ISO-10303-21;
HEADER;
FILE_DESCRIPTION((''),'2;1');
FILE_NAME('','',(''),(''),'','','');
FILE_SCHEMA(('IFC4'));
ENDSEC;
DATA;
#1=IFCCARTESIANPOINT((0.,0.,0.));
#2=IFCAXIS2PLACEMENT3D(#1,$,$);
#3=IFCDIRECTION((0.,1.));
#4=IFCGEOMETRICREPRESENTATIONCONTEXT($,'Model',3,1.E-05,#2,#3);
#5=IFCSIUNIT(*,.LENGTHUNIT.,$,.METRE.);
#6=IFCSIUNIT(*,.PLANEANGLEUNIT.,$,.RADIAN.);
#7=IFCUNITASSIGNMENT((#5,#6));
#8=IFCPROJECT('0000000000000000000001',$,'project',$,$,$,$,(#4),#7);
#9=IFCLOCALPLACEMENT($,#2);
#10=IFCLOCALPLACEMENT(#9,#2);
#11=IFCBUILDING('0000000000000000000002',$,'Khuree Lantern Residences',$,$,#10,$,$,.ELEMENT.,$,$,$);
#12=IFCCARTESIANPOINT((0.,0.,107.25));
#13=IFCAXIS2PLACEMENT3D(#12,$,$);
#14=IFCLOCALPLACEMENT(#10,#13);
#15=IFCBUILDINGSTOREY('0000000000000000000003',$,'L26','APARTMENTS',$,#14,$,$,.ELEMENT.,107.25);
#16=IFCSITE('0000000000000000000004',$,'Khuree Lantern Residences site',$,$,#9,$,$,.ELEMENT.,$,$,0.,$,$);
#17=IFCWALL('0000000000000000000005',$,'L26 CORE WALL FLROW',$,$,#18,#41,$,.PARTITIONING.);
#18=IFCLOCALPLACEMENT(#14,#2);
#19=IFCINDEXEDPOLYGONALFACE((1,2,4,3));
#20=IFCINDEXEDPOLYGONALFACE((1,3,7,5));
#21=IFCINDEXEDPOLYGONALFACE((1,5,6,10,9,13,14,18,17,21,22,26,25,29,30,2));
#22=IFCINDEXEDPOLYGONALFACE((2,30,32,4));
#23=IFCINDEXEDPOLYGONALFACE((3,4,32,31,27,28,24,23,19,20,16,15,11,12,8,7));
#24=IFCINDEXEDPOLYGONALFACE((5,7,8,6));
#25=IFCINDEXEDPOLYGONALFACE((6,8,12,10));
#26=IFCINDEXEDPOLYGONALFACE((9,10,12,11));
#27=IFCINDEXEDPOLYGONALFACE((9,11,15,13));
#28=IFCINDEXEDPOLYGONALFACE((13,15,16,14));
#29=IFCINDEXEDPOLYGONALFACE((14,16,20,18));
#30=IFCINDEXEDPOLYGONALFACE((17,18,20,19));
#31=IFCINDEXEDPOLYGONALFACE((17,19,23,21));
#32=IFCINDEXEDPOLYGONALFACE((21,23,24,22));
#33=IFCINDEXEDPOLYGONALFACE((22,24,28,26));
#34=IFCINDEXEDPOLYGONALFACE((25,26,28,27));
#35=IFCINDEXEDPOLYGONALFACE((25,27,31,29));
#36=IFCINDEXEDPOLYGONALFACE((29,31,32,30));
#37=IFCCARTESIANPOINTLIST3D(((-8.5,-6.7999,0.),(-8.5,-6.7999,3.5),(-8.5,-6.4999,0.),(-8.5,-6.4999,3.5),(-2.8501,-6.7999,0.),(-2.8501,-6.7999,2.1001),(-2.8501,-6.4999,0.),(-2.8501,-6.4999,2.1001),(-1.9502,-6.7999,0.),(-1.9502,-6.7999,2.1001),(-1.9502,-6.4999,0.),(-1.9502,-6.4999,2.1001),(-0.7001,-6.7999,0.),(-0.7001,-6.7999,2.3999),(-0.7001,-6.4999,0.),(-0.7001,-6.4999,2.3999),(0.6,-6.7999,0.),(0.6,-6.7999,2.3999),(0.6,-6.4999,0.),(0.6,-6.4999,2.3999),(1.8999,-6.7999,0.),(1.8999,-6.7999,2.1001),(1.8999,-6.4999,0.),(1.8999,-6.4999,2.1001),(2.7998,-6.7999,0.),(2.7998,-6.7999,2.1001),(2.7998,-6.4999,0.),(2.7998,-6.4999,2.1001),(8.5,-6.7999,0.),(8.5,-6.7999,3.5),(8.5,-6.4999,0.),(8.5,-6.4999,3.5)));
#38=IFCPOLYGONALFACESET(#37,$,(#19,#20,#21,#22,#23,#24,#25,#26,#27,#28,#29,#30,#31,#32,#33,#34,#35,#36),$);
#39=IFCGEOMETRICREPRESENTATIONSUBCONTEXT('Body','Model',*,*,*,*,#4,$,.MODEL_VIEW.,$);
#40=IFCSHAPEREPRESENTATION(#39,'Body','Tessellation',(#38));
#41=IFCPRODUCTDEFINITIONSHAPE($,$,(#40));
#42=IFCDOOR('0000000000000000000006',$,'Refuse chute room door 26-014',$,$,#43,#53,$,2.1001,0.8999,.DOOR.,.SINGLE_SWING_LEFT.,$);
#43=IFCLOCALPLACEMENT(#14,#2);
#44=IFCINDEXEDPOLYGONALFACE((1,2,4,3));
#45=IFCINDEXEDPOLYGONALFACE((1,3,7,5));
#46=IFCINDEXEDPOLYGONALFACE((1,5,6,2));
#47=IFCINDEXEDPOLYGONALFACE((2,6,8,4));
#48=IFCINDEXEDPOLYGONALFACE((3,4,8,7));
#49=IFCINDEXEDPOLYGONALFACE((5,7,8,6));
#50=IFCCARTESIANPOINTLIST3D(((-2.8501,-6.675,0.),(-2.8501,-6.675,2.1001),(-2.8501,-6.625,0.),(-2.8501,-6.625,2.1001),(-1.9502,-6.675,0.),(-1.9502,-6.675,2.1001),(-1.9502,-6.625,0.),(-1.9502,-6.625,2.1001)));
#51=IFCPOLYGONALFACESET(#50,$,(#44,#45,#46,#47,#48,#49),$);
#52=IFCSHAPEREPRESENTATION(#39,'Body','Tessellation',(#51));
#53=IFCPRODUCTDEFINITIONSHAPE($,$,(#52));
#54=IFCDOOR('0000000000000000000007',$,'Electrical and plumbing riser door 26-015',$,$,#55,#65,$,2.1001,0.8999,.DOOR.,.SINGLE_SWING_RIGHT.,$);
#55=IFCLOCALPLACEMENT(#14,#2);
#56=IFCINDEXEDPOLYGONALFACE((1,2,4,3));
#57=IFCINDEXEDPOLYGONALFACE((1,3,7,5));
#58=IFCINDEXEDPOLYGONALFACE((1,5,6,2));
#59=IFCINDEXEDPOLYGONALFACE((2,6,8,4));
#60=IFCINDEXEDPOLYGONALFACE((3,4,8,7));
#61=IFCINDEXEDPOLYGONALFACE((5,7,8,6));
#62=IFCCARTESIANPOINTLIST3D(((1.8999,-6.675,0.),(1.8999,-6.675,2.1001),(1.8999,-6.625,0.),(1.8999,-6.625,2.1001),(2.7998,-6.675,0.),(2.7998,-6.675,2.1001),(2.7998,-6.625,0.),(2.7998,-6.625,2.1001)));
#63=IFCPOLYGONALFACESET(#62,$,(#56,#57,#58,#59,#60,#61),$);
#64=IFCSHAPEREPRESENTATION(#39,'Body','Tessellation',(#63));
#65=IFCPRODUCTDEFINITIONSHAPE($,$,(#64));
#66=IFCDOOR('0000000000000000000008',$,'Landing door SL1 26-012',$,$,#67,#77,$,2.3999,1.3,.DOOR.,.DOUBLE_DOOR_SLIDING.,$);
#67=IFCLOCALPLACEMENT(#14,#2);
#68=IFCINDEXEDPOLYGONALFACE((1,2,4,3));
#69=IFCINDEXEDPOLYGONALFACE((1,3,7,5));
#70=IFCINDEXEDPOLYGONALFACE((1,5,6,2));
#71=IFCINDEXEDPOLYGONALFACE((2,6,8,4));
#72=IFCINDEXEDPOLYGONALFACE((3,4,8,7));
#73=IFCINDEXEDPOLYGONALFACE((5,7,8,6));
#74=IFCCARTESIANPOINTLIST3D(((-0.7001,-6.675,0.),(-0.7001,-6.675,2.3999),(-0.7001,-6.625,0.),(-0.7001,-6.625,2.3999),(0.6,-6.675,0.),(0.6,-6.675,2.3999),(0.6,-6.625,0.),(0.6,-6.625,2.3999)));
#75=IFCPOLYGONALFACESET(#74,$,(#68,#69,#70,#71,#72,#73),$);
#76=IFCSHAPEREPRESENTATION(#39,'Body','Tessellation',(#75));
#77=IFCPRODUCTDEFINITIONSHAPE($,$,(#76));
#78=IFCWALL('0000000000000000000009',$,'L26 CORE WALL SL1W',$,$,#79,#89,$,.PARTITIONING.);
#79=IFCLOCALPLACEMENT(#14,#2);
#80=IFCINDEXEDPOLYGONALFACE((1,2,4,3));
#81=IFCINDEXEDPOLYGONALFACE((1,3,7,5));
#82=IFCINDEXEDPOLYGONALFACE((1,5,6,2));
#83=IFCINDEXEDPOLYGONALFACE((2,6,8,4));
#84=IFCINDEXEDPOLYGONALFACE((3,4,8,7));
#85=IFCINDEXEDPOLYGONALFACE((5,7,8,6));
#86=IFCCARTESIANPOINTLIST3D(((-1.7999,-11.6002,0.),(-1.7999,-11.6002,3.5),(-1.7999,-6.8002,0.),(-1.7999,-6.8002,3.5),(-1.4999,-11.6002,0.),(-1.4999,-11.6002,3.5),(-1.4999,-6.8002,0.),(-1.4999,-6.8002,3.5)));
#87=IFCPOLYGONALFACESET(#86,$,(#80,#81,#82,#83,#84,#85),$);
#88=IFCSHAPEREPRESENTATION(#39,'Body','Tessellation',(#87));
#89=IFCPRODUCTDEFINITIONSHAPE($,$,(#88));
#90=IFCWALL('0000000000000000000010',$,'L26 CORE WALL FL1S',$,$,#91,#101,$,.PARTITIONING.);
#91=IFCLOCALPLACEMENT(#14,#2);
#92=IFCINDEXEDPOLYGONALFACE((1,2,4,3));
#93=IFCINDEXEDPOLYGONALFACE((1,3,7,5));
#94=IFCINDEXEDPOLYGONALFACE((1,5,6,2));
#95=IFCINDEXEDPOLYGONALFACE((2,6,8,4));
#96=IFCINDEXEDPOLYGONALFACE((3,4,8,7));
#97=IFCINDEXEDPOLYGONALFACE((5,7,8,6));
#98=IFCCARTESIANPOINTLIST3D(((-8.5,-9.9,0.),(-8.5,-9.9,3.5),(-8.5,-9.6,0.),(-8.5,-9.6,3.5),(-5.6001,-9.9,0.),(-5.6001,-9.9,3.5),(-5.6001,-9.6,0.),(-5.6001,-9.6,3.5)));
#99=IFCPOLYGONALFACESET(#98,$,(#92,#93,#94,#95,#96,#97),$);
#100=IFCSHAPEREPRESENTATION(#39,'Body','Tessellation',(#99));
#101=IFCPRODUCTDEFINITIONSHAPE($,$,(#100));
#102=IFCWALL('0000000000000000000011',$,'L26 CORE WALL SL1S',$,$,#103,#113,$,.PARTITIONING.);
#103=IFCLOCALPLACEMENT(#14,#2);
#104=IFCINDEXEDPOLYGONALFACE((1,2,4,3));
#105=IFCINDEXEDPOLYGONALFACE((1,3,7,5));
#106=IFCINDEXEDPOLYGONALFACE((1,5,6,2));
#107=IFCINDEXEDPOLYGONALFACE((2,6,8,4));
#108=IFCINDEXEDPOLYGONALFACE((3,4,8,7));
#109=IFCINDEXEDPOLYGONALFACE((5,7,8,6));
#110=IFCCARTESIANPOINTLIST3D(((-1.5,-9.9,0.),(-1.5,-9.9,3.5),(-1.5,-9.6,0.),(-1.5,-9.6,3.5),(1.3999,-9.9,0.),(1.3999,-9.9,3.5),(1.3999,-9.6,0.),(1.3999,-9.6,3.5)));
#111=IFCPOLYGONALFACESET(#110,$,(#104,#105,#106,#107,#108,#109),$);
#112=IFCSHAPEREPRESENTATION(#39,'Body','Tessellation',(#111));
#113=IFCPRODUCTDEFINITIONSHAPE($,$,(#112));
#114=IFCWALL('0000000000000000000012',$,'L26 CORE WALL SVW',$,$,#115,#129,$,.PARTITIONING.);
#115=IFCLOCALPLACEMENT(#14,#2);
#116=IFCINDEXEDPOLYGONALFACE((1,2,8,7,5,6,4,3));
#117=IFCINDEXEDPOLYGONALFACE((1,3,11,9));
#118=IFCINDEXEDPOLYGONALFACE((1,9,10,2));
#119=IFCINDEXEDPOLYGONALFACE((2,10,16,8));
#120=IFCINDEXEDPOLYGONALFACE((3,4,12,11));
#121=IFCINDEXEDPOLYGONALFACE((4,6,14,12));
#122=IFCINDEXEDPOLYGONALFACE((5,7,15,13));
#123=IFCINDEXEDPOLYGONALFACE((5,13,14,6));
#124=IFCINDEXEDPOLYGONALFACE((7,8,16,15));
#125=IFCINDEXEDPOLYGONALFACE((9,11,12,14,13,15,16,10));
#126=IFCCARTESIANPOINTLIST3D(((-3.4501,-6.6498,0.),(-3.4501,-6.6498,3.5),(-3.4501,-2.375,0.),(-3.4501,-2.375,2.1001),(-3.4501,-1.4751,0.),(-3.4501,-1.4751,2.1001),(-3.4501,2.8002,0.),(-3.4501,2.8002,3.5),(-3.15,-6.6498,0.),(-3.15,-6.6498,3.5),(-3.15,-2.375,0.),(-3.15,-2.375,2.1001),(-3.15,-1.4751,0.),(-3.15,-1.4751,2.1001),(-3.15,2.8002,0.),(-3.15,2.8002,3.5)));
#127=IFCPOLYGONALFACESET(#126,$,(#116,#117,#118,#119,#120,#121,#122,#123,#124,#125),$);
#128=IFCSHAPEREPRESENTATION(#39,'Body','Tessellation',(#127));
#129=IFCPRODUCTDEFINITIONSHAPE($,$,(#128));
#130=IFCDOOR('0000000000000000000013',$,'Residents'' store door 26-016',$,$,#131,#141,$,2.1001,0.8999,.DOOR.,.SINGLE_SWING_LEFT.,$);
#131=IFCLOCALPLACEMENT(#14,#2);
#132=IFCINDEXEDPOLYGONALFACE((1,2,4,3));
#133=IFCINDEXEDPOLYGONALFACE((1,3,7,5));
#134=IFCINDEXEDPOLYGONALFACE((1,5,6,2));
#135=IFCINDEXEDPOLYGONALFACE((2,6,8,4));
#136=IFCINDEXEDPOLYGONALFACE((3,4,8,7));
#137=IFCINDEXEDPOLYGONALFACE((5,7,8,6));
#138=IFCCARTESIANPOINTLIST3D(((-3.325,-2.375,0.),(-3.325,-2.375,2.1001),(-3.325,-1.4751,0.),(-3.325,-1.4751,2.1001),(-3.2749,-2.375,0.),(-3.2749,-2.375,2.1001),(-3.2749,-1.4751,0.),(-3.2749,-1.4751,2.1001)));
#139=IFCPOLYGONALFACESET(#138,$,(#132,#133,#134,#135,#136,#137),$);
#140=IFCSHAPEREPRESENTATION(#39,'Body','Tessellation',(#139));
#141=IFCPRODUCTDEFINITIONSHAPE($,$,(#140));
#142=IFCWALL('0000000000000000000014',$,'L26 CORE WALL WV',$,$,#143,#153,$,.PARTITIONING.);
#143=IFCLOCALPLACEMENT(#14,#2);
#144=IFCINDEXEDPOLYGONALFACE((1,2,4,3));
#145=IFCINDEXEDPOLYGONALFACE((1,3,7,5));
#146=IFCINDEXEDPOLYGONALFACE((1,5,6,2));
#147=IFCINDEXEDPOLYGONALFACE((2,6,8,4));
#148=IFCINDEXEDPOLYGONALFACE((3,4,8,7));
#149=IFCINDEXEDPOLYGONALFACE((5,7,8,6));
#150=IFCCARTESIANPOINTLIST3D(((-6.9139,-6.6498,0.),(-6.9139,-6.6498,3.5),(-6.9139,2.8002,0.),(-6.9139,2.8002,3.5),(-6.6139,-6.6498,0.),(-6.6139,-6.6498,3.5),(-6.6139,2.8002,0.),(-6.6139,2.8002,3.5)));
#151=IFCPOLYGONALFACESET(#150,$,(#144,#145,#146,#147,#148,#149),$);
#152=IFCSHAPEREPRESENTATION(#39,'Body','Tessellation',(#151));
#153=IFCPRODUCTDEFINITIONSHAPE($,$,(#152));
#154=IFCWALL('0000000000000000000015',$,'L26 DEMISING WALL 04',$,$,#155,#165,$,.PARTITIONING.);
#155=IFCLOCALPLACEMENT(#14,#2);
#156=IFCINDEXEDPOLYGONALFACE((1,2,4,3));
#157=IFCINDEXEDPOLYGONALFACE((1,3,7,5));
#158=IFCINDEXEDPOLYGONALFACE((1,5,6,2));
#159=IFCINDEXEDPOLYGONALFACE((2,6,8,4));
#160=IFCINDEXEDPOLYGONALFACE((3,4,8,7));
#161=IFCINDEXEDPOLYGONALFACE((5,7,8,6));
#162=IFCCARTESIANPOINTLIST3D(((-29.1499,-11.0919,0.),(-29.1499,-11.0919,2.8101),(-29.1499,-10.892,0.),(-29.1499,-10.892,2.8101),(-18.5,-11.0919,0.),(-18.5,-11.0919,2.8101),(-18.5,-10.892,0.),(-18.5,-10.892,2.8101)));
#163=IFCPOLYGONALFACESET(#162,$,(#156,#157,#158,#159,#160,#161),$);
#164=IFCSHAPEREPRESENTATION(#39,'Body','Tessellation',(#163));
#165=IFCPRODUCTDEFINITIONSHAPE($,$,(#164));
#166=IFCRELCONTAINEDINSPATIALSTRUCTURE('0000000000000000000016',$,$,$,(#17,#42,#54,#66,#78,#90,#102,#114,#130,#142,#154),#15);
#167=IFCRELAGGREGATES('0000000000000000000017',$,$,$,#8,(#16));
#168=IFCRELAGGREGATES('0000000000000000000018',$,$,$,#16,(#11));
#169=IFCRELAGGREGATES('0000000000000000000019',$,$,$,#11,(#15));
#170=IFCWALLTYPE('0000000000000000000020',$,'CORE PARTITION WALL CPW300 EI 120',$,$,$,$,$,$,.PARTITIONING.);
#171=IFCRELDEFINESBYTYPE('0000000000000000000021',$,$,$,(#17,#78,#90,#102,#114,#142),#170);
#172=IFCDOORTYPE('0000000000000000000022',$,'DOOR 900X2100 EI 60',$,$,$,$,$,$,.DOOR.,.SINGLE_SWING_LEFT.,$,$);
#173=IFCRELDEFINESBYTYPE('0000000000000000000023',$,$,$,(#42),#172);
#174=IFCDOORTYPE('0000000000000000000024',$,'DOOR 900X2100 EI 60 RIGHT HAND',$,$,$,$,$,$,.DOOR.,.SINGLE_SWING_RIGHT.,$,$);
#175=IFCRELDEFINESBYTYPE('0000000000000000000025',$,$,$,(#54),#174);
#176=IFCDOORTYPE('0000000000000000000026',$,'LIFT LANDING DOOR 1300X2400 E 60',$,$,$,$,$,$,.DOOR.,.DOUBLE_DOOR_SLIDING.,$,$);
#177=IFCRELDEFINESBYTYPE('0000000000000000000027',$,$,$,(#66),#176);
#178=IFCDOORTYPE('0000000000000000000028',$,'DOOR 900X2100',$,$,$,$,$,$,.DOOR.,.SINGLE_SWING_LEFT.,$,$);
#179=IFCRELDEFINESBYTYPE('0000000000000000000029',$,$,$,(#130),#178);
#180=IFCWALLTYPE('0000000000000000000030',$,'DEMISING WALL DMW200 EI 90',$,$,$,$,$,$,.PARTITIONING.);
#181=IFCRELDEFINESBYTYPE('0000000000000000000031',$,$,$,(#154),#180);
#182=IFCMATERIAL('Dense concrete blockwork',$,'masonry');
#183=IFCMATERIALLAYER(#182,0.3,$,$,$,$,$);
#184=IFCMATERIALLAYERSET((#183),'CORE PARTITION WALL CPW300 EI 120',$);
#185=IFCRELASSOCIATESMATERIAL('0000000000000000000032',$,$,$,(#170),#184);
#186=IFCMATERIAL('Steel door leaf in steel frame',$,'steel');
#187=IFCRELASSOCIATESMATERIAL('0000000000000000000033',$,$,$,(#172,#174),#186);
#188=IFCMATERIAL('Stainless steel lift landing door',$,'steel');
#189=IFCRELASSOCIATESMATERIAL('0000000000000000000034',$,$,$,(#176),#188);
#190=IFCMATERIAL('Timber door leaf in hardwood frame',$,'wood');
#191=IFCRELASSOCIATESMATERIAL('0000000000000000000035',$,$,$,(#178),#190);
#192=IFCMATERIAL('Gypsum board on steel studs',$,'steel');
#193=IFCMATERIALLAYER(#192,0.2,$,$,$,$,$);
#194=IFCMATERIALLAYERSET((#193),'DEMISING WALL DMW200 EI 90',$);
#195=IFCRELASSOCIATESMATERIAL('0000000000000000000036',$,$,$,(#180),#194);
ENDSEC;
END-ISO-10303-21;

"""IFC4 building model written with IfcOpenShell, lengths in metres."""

from ifc_helpers import new_model, si_unit, direction, frame, frame_2d, origin, place, context, subcontext, project, spatial, rectangle, extrude, material, layer, layer_set, type_object, element, fill, save


model = new_model("IFC4")

# Units and contexts
model_context = context("Model", 3, precision=1e-05, world=origin(), true_north=direction((0.0, 1.0)))
body_context = subcontext(model_context, "Body", "Model", "MODEL_VIEW")
ifc_project = project(units=[si_unit("LENGTHUNIT", "METRE"), si_unit("PLANEANGLEUNIT", "RADIAN")], contexts=[model_context])

# Site, building, storey
site_placement = place(None, origin())
site = spatial("IfcSite", under=ifc_project, at=site_placement, Name="Khuree Lantern Residences site", CompositionType="ELEMENT", RefElevation=0.0)
building_placement = place(site_placement, origin())
building = spatial("IfcBuilding", under=site, at=building_placement, Name="Khuree Lantern Residences", CompositionType="ELEMENT")
storey_placement = place(building_placement, frame((0.0, 0.0, 107.25)))
storey = spatial("IfcBuildingStorey", under=building, at=storey_placement, Name="L26", Description="APARTMENTS", CompositionType="ELEMENT", Elevation=107.25)

# Wall, openings, doors
ifc_material_1 = material(Name="Dense concrete blockwork", Category="masonry")
ifc_layer_1 = layer(ifc_material_1, 0.3)
ifc_layer_set_1 = layer_set([ifc_layer_1], Name="CORE PARTITION WALL CPW300 EI 120")
wall_type_1 = type_object("IfcWallType", Name="CORE PARTITION WALL CPW300 EI 120", PredefinedType="PARTITIONING", material=ifc_layer_set_1)
wall_1_placement = place(storey_placement, frame((-8.5, -6.6499, 0.0), z_axis=(0.0, 0.0, 1.0), x_axis=(1.0, 0.0, 0.0)))
wall_1 = element("IfcWall", 1, at=wall_1_placement, inside=storey, type_object=wall_type_1, Name="L26 CORE WALL FLROW", PredefinedType="PARTITIONING", context=body_context, shape_type="SweptSolid", body=[
    extrude(rectangle(XDim=17.0, YDim=0.3, at=frame_2d((8.5, 0.0))), origin(), (0.0, 0.0, 1.0), 3.5),
])
opening_1_placement = place(wall_1_placement, frame((7.8, 0.0, 0.0)))
opening_1 = element("IfcOpeningElement", 2, at=opening_1_placement, cuts=wall_1, PredefinedType="OPENING", context=body_context, shape_type="SweptSolid", body=[
    extrude(rectangle(XDim=1.3, YDim=2.3999, at=frame_2d((0.6499, 1.2))), frame((0.0, 0.1602, 0.0), z_axis=(0.0, -1.0, 0.0), x_axis=(1.0, 0.0, 0.0)), (0.0, 0.0, 1.0), 0.3201),
])
opening_2_placement = place(wall_1_placement, frame((5.6499, 0.0, 0.0)))
opening_2 = element("IfcOpeningElement", 3, at=opening_2_placement, cuts=wall_1, PredefinedType="OPENING", context=body_context, shape_type="SweptSolid", body=[
    extrude(rectangle(XDim=0.8999, YDim=2.1001, at=frame_2d((0.45, 1.05))), frame((0.0, 0.1602, 0.0), z_axis=(0.0, -1.0, 0.0), x_axis=(1.0, 0.0, 0.0)), (0.0, 0.0, 1.0), 0.3201),
])
opening_3_placement = place(wall_1_placement, frame((10.3999, 0.0, 0.0)))
opening_3 = element("IfcOpeningElement", 4, at=opening_3_placement, cuts=wall_1, PredefinedType="OPENING", context=body_context, shape_type="SweptSolid", body=[
    extrude(rectangle(XDim=0.8999, YDim=2.1001, at=frame_2d((0.45, 1.05))), frame((0.0, 0.1602, 0.0), z_axis=(0.0, -1.0, 0.0), x_axis=(1.0, 0.0, 0.0)), (0.0, 0.0, 1.0), 0.3201),
])
ifc_material_2 = material(Name="Steel door leaf in steel frame", Category="steel")
door_type_1 = type_object("IfcDoorType", Name="DOOR 900X2100 EI 60", OperationType="SINGLE_SWING_LEFT", PredefinedType="DOOR", material=ifc_material_2)
door_1_placement = place(opening_2_placement, origin())
door_1 = element("IfcDoor", 5, at=door_1_placement, inside=storey, type_object=door_type_1, Name="Refuse chute room door 26-014", OperationType="SINGLE_SWING_LEFT", OverallHeight=2.1001, OverallWidth=0.8999, PredefinedType="DOOR", context=body_context, shape_type="SweptSolid", body=[
    extrude(rectangle(XDim=0.8999, YDim=2.1001, at=frame_2d((0.45, 1.05))), frame((0.0, 0.0249, 0.0), z_axis=(0.0, -1.0, 0.0), x_axis=(1.0, 0.0, 0.0)), (0.0, 0.0, 1.0), 0.05),
])
fill(opening_2, door_1)
door_type_2 = type_object("IfcDoorType", Name="DOOR 900X2100 EI 60 RIGHT HAND", OperationType="SINGLE_SWING_RIGHT", PredefinedType="DOOR", material=ifc_material_2)
door_2_placement = place(opening_3_placement, origin())
door_2 = element("IfcDoor", 6, at=door_2_placement, inside=storey, type_object=door_type_2, Name="Electrical and plumbing riser door 26-015", OperationType="SINGLE_SWING_RIGHT", OverallHeight=2.1001, OverallWidth=0.8999, PredefinedType="DOOR", context=body_context, shape_type="SweptSolid", body=[
    extrude(rectangle(XDim=0.8999, YDim=2.1001, at=frame_2d((0.45, 1.05))), frame((0.0, 0.0249, 0.0), z_axis=(0.0, -1.0, 0.0), x_axis=(1.0, 0.0, 0.0)), (0.0, 0.0, 1.0), 0.05),
])
fill(opening_3, door_2)
ifc_material_3 = material(Name="Stainless steel lift landing door", Category="steel")
door_type_3 = type_object("IfcDoorType", Name="LIFT LANDING DOOR 1300X2400 E 60", OperationType="DOUBLE_DOOR_SLIDING", PredefinedType="DOOR", material=ifc_material_3)
door_3_placement = place(opening_1_placement, origin())
door_3 = element("IfcDoor", 7, at=door_3_placement, inside=storey, type_object=door_type_3, Name="Landing door SL1 26-012", OperationType="DOUBLE_DOOR_SLIDING", OverallHeight=2.3999, OverallWidth=1.3, PredefinedType="DOOR", context=body_context, shape_type="SweptSolid", body=[
    extrude(rectangle(XDim=1.3, YDim=2.3999, at=frame_2d((0.6499, 1.2))), frame((0.0, 0.0249, 0.0), z_axis=(0.0, -1.0, 0.0), x_axis=(1.0, 0.0, 0.0)), (0.0, 0.0, 1.0), 0.05),
])
fill(opening_1, door_3)

# Walls
wall_2_placement = place(storey_placement, frame((-1.6499, -11.6001, 0.0), z_axis=(0.0, 0.0, 1.0), x_axis=(0.0, 1.0, 0.0)))
element("IfcWall", 8, at=wall_2_placement, inside=storey, type_object=wall_type_1, Name="L26 CORE WALL SL1W", PredefinedType="PARTITIONING", context=body_context, shape_type="SweptSolid", body=[
    extrude(rectangle(XDim=4.8, YDim=0.3, at=frame_2d((2.3999, 0.0))), origin(), (0.0, 0.0, 1.0), 3.5),
])
for number, where, z_axis, x_axis, name in (
    (9, (-8.5, -9.75, 0.0), (0.0, 0.0, 1.0), (1.0, 0.0, 0.0), "L26 CORE WALL FL1S"),
    (10, (-1.5, -9.75, 0.0), (0.0, 0.0, 1.0), (1.0, 0.0, 0.0), "L26 CORE WALL SL1S"),
):
    element("IfcWall", number, at=place(storey_placement, frame(where, z_axis=z_axis, x_axis=x_axis)), inside=storey, type_object=wall_type_1, Name=name, PredefinedType="PARTITIONING", context=body_context, shape_type="SweptSolid", body=[
        extrude(rectangle(XDim=2.8999, YDim=0.3, at=frame_2d((1.45, 0.0))), origin(), (0.0, 0.0, 1.0), 3.5),
    ])

# Wall, opening, door
wall_3_placement = place(storey_placement, frame((-3.3, -6.6499, 0.0), z_axis=(0.0, 0.0, 1.0), x_axis=(0.0, 1.0, 0.0)))
wall_3 = element("IfcWall", 11, at=wall_3_placement, inside=storey, type_object=wall_type_1, Name="L26 CORE WALL SVW", PredefinedType="PARTITIONING", context=body_context, shape_type="SweptSolid", body=[
    extrude(rectangle(XDim=9.45, YDim=0.3, at=frame_2d((4.7251, 0.0))), origin(), (0.0, 0.0, 1.0), 3.5),
])
opening_4_placement = place(wall_3_placement, frame((4.2749, 0.0, 0.0)))
opening_4 = element("IfcOpeningElement", 12, at=opening_4_placement, cuts=wall_3, PredefinedType="OPENING", context=body_context, shape_type="SweptSolid", body=[
    extrude(rectangle(XDim=0.8999, YDim=2.1001, at=frame_2d((0.45, 1.05))), frame((0.0, 0.1602, 0.0), z_axis=(0.0, -1.0, 0.0), x_axis=(1.0, 0.0, 0.0)), (0.0, 0.0, 1.0), 0.3201),
])
ifc_material_4 = material(Name="Timber door leaf in hardwood frame", Category="wood")
door_type_4 = type_object("IfcDoorType", Name="DOOR 900X2100", OperationType="SINGLE_SWING_LEFT", PredefinedType="DOOR", material=ifc_material_4)
door_4_placement = place(opening_4_placement, origin())
door_4 = element("IfcDoor", 13, at=door_4_placement, inside=storey, type_object=door_type_4, Name="Residents' store door 26-016", OperationType="SINGLE_SWING_LEFT", OverallHeight=2.1001, OverallWidth=0.8999, PredefinedType="DOOR", context=body_context, shape_type="SweptSolid", body=[
    extrude(rectangle(XDim=0.8999, YDim=2.1001, at=frame_2d((0.45, 1.05))), frame((0.0, 0.0249, 0.0), z_axis=(0.0, -1.0, 0.0), x_axis=(1.0, 0.0, 0.0)), (0.0, 0.0, 1.0), 0.05),
])
fill(opening_4, door_4)

# Walls
wall_4_placement = place(storey_placement, frame((-6.7639, -6.6499, 0.0), z_axis=(0.0, 0.0, 1.0), x_axis=(0.0, 1.0, 0.0)))
element("IfcWall", 14, at=wall_4_placement, inside=storey, type_object=wall_type_1, Name="L26 CORE WALL WV", PredefinedType="PARTITIONING", context=body_context, shape_type="SweptSolid", body=[
    extrude(rectangle(XDim=9.45, YDim=0.3, at=frame_2d((4.7251, 0.0))), origin(), (0.0, 0.0, 1.0), 3.5),
])
ifc_material_5 = material(Name="Gypsum board on steel studs", Category="steel")
ifc_layer_2 = layer(ifc_material_5, 0.2)
ifc_layer_set_2 = layer_set([ifc_layer_2], Name="DEMISING WALL DMW200 EI 90")
wall_type_2 = type_object("IfcWallType", Name="DEMISING WALL DMW200 EI 90", PredefinedType="PARTITIONING", material=ifc_layer_set_2)
wall_5_placement = place(storey_placement, frame((-18.5, -10.9919, 0.0), z_axis=(0.0, 0.0, 1.0), x_axis=(-1.0, 0.0, 0.0)))
element("IfcWall", 15, at=wall_5_placement, inside=storey, type_object=wall_type_2, Name="L26 DEMISING WALL 04", PredefinedType="PARTITIONING", context=body_context, shape_type="SweptSolid", body=[
    extrude(rectangle(XDim=10.6499, YDim=0.2, at=frame_2d((5.325, 0.0))), origin(), (0.0, 0.0, 1.0), 2.8101),
])

save(model, "model.ifc")
